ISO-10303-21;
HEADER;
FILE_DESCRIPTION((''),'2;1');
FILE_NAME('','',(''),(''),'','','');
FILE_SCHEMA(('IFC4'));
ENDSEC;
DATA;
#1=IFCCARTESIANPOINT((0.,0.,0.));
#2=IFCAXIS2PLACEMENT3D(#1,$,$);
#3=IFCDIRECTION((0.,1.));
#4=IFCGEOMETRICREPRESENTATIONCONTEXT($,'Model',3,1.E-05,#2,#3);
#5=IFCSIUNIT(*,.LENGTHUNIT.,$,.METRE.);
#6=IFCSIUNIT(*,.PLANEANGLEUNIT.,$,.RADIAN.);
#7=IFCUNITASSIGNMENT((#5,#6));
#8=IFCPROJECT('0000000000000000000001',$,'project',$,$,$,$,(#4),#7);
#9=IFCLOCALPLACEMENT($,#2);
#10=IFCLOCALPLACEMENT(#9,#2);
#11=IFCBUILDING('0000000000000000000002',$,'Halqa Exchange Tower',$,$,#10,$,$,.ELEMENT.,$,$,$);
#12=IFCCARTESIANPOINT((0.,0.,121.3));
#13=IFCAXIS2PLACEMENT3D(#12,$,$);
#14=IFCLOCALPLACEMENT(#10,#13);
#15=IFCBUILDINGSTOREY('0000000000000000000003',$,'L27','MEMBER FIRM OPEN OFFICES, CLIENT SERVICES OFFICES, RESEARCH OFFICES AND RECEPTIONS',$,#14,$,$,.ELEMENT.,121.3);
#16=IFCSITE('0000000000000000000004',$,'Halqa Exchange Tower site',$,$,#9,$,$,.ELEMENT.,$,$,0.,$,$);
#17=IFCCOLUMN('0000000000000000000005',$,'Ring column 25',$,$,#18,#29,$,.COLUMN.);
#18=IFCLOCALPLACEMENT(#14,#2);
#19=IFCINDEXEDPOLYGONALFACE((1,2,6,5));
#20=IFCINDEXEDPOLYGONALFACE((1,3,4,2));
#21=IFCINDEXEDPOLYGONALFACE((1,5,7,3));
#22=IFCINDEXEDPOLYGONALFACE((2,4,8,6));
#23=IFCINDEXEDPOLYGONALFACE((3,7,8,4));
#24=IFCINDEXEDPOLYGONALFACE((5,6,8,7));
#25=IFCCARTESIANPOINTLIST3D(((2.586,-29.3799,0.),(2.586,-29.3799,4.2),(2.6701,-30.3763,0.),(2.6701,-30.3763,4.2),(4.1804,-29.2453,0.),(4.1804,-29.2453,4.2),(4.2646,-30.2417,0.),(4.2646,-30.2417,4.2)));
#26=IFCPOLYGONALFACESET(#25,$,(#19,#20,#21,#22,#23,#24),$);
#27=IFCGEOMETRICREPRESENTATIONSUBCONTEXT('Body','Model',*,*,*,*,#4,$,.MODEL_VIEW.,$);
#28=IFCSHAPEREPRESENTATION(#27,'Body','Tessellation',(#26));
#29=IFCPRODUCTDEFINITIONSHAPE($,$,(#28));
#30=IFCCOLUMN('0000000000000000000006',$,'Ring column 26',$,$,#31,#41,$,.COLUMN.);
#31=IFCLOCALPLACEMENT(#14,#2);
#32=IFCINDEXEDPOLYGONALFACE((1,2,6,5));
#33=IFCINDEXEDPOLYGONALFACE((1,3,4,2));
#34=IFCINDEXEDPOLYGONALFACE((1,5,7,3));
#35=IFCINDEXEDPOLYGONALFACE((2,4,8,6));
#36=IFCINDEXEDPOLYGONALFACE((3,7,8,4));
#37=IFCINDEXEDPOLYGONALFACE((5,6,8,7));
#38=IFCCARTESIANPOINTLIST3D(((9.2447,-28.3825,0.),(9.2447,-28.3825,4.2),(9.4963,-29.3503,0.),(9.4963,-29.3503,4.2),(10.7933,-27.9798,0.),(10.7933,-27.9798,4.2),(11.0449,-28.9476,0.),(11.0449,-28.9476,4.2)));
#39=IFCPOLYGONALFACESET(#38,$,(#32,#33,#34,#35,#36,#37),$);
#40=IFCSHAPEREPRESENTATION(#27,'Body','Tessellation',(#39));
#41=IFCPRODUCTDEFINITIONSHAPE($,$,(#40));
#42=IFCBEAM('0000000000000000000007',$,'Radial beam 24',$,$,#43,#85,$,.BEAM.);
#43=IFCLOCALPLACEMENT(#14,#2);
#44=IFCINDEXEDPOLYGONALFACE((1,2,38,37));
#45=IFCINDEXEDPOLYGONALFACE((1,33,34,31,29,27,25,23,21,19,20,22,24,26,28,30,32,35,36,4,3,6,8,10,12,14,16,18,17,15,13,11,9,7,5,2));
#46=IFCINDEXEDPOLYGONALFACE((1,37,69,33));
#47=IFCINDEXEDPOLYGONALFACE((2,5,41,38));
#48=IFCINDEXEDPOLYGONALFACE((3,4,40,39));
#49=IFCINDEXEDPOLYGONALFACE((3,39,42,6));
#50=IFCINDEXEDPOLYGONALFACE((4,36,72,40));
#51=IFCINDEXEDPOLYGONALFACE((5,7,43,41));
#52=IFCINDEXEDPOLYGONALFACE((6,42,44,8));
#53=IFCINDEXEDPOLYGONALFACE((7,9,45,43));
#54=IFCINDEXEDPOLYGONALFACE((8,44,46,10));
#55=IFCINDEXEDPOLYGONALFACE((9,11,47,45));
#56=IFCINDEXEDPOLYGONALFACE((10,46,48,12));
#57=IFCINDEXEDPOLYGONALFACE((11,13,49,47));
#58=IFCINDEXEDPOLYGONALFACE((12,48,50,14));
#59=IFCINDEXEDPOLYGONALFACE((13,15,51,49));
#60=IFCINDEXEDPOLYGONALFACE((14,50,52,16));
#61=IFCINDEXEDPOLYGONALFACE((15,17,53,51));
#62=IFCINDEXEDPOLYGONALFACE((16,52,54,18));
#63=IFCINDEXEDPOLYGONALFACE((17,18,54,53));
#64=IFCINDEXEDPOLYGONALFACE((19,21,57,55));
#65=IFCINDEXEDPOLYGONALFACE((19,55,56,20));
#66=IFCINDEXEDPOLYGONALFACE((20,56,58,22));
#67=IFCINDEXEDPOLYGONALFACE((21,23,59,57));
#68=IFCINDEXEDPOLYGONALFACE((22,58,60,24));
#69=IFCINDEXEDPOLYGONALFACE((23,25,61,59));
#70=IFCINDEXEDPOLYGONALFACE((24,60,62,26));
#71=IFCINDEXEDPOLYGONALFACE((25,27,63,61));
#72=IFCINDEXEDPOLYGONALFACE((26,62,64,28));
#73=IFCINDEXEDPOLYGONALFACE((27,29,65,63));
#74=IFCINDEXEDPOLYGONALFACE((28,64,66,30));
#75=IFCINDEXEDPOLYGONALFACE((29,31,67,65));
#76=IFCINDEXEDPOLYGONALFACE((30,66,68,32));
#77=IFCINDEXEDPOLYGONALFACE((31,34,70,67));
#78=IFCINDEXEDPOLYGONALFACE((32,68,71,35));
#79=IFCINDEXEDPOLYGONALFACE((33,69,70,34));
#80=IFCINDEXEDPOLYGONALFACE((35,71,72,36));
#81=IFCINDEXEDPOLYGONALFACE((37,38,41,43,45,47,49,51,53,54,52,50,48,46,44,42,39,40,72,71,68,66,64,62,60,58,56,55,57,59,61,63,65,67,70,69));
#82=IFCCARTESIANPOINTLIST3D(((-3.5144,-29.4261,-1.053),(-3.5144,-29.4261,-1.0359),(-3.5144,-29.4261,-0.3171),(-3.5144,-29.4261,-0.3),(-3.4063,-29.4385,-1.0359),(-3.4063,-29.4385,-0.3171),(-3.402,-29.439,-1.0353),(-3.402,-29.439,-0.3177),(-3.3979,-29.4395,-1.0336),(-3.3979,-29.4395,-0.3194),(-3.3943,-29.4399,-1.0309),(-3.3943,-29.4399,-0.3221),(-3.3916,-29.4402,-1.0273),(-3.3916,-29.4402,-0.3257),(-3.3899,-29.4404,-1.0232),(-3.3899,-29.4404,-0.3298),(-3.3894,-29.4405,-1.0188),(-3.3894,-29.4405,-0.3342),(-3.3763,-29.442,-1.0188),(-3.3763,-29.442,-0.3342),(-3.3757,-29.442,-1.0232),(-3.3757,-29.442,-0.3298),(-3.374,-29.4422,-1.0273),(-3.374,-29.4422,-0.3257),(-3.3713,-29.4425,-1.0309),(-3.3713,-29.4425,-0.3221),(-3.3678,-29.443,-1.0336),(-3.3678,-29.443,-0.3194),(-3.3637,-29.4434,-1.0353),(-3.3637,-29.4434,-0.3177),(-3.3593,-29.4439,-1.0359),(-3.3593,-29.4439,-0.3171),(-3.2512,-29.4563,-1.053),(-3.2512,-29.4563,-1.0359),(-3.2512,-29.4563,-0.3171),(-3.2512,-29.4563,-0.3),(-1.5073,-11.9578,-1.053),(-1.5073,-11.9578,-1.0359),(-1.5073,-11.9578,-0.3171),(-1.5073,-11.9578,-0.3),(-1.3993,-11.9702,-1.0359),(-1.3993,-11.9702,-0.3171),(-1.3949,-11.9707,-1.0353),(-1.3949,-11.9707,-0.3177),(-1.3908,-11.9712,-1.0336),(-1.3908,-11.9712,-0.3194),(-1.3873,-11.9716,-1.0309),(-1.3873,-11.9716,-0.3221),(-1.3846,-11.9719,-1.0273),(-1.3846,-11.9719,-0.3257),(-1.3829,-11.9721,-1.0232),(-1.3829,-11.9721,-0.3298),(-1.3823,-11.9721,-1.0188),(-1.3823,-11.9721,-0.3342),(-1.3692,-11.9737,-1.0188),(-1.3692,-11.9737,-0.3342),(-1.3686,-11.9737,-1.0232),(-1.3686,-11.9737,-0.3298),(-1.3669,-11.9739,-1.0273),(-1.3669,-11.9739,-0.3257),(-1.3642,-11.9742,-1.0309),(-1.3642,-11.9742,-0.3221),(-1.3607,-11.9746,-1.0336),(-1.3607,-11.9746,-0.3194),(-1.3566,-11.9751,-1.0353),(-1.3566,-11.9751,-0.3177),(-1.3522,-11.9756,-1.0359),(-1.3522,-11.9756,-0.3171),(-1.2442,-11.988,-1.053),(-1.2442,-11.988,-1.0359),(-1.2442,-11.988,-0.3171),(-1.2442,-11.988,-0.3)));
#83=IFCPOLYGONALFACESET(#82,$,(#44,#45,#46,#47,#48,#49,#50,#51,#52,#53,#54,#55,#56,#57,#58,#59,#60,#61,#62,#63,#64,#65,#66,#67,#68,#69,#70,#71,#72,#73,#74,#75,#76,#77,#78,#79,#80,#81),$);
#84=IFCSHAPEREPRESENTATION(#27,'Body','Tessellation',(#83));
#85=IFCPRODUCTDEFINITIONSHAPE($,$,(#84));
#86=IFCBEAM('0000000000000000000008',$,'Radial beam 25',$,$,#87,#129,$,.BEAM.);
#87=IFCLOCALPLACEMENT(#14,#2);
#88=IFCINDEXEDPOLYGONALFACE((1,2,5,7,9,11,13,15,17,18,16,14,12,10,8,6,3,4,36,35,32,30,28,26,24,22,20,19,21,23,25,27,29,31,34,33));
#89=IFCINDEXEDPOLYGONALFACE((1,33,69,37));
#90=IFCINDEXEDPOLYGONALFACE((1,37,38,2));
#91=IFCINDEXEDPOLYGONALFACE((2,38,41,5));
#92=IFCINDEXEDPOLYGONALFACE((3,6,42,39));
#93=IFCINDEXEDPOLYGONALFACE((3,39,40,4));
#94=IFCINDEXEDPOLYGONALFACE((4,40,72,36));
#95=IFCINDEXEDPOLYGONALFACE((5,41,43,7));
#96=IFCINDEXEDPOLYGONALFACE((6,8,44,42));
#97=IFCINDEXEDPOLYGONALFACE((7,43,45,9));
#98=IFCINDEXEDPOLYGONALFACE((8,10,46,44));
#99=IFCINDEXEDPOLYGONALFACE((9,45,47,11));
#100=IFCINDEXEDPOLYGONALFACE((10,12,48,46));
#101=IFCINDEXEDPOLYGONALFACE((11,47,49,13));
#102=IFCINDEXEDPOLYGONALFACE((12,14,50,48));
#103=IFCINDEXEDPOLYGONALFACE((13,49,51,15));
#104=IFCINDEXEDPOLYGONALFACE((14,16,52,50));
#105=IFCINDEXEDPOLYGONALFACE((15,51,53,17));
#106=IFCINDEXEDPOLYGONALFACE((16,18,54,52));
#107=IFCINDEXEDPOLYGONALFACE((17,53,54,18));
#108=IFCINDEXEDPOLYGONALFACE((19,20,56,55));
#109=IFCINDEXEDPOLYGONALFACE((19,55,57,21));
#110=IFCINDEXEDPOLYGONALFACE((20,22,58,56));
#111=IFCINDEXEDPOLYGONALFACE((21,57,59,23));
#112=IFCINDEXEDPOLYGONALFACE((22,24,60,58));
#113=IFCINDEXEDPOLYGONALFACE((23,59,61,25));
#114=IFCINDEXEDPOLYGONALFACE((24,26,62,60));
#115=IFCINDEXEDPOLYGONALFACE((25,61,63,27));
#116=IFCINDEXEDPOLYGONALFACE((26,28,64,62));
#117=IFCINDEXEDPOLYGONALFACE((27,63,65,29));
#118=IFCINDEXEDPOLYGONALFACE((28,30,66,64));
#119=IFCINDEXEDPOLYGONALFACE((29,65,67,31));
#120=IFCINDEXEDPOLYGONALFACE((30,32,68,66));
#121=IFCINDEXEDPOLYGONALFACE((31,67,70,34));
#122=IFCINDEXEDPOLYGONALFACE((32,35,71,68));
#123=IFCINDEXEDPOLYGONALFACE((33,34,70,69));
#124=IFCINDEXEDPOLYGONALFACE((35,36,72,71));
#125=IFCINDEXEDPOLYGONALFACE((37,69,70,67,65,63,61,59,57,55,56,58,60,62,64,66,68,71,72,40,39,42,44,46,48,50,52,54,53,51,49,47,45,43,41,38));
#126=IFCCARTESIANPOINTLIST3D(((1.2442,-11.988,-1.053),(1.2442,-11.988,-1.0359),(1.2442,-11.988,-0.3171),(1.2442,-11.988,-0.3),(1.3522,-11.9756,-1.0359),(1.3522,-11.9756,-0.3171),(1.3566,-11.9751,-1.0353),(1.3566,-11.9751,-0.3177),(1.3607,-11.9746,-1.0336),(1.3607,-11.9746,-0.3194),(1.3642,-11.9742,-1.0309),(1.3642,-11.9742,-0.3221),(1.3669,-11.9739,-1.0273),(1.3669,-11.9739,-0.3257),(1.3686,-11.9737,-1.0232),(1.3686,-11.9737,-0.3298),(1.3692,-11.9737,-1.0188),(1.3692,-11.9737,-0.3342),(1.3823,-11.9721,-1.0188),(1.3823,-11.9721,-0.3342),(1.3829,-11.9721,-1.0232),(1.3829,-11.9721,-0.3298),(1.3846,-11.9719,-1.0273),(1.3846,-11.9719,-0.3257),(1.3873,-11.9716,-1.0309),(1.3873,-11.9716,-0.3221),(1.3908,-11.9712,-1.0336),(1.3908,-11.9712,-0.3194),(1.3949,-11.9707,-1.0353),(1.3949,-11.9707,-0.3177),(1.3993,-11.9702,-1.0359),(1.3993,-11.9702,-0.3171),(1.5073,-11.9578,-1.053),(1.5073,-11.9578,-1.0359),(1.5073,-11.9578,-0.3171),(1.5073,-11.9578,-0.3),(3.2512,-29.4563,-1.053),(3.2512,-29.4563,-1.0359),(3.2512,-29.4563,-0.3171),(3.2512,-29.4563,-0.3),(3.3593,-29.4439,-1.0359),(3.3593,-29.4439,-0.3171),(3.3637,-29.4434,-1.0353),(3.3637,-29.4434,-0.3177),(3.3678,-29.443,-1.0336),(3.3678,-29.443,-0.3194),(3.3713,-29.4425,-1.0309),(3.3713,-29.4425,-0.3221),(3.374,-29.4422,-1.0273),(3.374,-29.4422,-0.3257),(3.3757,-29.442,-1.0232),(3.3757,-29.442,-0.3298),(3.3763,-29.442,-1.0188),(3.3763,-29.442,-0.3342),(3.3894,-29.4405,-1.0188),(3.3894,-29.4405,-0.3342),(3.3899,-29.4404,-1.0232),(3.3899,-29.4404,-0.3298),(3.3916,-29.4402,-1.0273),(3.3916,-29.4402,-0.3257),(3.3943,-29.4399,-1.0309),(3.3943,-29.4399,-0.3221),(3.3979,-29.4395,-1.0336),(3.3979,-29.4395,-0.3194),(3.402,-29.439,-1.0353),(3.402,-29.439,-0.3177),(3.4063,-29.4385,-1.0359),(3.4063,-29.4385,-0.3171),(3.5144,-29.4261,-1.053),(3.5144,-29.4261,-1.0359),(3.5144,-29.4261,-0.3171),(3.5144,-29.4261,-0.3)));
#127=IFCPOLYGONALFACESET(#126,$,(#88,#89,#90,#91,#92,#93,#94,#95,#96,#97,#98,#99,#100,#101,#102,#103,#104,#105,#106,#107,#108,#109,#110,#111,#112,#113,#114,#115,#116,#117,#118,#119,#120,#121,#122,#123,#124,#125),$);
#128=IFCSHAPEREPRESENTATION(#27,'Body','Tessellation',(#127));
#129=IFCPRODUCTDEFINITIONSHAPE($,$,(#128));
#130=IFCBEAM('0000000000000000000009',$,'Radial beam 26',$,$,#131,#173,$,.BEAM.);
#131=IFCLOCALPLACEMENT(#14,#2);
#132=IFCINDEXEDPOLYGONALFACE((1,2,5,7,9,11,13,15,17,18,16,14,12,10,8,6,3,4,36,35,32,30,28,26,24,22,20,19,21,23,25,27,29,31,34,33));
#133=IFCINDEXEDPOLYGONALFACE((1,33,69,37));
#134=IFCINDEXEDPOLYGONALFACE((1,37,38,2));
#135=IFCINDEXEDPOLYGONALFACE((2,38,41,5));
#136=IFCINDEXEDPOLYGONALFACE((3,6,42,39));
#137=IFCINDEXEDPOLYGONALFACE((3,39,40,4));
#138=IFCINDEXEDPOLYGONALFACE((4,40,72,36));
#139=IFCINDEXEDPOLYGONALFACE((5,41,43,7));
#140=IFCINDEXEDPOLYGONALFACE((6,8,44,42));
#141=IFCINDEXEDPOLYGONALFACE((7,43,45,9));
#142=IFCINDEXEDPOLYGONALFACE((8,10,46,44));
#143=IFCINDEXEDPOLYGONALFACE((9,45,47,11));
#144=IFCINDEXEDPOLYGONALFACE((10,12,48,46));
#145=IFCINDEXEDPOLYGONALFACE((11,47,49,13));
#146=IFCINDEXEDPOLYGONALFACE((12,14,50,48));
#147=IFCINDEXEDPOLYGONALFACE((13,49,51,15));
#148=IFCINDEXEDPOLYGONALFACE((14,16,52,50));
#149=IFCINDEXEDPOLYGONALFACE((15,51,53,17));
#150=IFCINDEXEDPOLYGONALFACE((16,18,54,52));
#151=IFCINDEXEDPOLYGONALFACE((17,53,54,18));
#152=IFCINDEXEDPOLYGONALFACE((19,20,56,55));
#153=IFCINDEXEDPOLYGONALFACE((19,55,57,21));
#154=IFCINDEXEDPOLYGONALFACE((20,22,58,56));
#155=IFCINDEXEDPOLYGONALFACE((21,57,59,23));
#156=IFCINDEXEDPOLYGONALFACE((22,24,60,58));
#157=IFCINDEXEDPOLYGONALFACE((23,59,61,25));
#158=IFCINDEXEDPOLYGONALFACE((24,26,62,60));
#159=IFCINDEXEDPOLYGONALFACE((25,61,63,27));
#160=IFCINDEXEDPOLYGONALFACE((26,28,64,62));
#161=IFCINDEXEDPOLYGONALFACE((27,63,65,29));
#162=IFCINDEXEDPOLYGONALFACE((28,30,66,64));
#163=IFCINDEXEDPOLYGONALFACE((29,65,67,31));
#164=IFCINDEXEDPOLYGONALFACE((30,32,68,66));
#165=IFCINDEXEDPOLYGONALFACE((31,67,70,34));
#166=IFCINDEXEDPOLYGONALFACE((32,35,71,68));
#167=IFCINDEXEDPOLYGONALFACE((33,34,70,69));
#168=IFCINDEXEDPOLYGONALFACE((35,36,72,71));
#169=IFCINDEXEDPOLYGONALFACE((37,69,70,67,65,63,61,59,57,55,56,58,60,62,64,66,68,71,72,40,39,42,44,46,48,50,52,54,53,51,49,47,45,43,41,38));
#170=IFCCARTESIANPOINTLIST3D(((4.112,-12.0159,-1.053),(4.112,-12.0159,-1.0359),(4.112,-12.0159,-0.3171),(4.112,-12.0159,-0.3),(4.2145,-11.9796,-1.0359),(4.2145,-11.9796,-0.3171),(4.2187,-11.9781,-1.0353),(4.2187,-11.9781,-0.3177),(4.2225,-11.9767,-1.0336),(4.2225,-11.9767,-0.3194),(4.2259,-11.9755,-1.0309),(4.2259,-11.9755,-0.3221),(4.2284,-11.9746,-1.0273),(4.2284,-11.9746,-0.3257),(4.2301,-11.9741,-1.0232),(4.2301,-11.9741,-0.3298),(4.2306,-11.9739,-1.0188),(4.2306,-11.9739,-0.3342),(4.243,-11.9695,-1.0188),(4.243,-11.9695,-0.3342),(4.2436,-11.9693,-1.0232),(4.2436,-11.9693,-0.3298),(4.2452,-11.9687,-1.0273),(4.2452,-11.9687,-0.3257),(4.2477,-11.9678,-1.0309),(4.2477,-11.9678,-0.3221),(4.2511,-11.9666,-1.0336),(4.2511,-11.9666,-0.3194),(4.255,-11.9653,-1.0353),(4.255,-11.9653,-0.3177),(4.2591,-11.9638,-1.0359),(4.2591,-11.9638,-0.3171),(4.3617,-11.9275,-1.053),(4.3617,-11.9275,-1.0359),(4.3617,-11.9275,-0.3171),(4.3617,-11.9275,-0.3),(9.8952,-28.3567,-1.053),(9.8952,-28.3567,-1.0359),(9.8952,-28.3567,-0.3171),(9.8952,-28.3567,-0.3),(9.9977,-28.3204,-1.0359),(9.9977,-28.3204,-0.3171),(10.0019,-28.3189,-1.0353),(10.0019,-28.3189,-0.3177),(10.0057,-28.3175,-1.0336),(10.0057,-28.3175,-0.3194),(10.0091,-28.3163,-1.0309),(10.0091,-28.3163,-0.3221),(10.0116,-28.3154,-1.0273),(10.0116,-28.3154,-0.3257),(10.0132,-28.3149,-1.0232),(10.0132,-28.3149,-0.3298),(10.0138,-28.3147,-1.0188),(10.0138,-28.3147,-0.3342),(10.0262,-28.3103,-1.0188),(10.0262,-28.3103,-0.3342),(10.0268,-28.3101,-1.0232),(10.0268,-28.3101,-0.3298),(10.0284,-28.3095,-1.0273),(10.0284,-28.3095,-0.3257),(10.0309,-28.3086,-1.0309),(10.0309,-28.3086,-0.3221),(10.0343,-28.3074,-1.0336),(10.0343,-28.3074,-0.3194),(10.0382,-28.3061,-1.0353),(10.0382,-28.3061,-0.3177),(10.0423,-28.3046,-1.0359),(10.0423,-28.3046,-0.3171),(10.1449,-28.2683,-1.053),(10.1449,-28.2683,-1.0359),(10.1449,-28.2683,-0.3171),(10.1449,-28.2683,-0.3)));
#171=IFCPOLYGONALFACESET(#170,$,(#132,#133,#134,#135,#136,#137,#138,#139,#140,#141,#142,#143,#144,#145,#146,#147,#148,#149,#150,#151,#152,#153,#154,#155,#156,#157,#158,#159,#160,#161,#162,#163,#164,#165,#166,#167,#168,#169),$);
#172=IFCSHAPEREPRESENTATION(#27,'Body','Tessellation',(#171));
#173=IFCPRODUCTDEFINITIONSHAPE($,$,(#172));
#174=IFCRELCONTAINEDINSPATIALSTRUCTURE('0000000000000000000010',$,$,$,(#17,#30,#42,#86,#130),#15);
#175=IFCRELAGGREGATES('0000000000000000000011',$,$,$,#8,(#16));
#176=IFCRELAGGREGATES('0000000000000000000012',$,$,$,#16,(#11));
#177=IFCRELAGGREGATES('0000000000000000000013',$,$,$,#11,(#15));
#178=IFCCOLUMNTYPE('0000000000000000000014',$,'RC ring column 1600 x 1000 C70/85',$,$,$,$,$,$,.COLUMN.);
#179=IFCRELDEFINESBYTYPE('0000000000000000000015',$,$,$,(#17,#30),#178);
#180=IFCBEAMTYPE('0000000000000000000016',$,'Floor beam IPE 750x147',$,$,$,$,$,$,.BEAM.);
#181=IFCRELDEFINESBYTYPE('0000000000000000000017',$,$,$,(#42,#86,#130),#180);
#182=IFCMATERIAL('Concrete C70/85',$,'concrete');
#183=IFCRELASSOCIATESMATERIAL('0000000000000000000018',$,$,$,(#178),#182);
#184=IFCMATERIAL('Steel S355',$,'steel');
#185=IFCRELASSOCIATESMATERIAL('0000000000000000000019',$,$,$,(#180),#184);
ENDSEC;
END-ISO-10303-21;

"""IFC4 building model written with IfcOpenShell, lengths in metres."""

from ifc_helpers import new_model, si_unit, direction, frame, origin, origin_2d, place, context, subcontext, project, spatial, rectangle, i_section, extrude, material, material_profile, profile_set, type_object, element, save


model = new_model("IFC4")

# Units and contexts
model_context = context("Model", 3, precision=1e-05, world=origin(), true_north=direction((0.0, 1.0)))
body_context = subcontext(model_context, "Body", "Model", "MODEL_VIEW")
ifc_project = project(units=[si_unit("LENGTHUNIT", "METRE"), si_unit("PLANEANGLEUNIT", "RADIAN")], contexts=[model_context])

# Site, building, storey
site_placement = place(None, origin())
site = spatial("IfcSite", under=ifc_project, at=site_placement, Name="Halqa Exchange Tower site", CompositionType="ELEMENT", RefElevation=0.0)
building_placement = place(site_placement, origin())
building = spatial("IfcBuilding", under=site, at=building_placement, Name="Halqa Exchange Tower", CompositionType="ELEMENT")
storey_placement = place(building_placement, frame((0.0, 0.0, 121.3)))
storey = spatial("IfcBuildingStorey", under=building, at=storey_placement, Name="L27", Description="MEMBER FIRM OPEN OFFICES, CLIENT SERVICES OFFICES, RESEARCH OFFICES AND RECEPTIONS", CompositionType="ELEMENT", Elevation=121.3)

# Columns
ifc_material_1 = material(Name="Concrete C70/85", Category="concrete")
ifc_material_profile_1 = material_profile(ifc_material_1, rectangle(XDim=1.6001, YDim=1.0, at=origin_2d()), Name="1600 x 1000")
ifc_profile_set_1 = profile_set([ifc_material_profile_1], Name="Concrete C70/85")
column_type = type_object("IfcColumnType", Name="RC ring column 1600 x 1000 C70/85", PredefinedType="COLUMN", material=ifc_profile_set_1)
for number, where, z_axis, x_axis, name in (
    (1, (3.4253, -29.8108, 0.0), (0.0, 0.0, 1.0), (0.996456, 0.084121, 0.0), "Ring column 25"),
    (2, (10.1448, -28.665, 0.0), (0.0, 0.0, 1.0), (0.96782, 0.251644, 0.0), "Ring column 26"),
):
    element("IfcColumn", number, at=place(storey_placement, frame(where, z_axis=z_axis, x_axis=x_axis)), inside=storey, type_object=column_type, Name=name, PredefinedType="COLUMN", context=body_context, shape_type="SweptSolid", body=[
        extrude(rectangle(XDim=1.6001, YDim=1.0, at=origin_2d()), origin(), (0.0, 0.0, 1.0), 4.2),
    ])

# Beams
ifc_material_2 = material(Name="Steel S355", Category="steel")
ifc_material_profile_2 = material_profile(ifc_material_2, i_section(OverallWidth=0.2649, OverallDepth=0.7529, WebThickness=0.0132, FlangeThickness=0.0171, FilletRadius=0.0171, at=origin_2d()), Name="IPE 750x147")
ifc_profile_set_2 = profile_set([ifc_material_profile_2], Name="Steel S355")
beam_type_1 = type_object("IfcBeamType", Name="Floor beam IPE 750x147", PredefinedType="BEAM", material=ifc_profile_set_2)
for number, where, z_axis, x_axis, name in (
    (3, (-1.3757, -11.9729, -0.6765), (-0.114148, -0.993464, 0.0), (0.993464, -0.114148, 0.0), "Radial beam 24"),
    (4, (1.3757, -11.9729, -0.6765), (0.114148, -0.993464, 0.0), (0.993464, 0.114148, 0.0), "Radial beam 25"),
):
    element("IfcBeam", number, at=place(storey_placement, frame(where, z_axis=z_axis, x_axis=x_axis)), inside=storey, type_object=beam_type_1, Name=name, PredefinedType="BEAM", context=body_context, shape_type="SweptSolid", body=[
        extrude(i_section(OverallWidth=0.2649, OverallDepth=0.7529, WebThickness=0.0132, FlangeThickness=0.0171, FilletRadius=0.0171, at=origin_2d()), origin(), (0.0, 0.0, 1.0), 17.5833),
    ])
beam_1_placement = place(storey_placement, frame((4.2368, -11.9717, -0.6765), z_axis=(0.333633, -0.942703, 0.0), x_axis=(0.942703, 0.333633, 0.0)))
element("IfcBeam", 5, at=beam_1_placement, inside=storey, type_object=beam_type_1, Name="Radial beam 26", PredefinedType="BEAM", context=body_context, shape_type="SweptSolid", body=[
    extrude(i_section(OverallWidth=0.2649, OverallDepth=0.7529, WebThickness=0.0132, FlangeThickness=0.0171, FilletRadius=0.0171, at=origin_2d()), origin(), (0.0, 0.0, 1.0), 17.334),
])

save(model, "model.ifc")
